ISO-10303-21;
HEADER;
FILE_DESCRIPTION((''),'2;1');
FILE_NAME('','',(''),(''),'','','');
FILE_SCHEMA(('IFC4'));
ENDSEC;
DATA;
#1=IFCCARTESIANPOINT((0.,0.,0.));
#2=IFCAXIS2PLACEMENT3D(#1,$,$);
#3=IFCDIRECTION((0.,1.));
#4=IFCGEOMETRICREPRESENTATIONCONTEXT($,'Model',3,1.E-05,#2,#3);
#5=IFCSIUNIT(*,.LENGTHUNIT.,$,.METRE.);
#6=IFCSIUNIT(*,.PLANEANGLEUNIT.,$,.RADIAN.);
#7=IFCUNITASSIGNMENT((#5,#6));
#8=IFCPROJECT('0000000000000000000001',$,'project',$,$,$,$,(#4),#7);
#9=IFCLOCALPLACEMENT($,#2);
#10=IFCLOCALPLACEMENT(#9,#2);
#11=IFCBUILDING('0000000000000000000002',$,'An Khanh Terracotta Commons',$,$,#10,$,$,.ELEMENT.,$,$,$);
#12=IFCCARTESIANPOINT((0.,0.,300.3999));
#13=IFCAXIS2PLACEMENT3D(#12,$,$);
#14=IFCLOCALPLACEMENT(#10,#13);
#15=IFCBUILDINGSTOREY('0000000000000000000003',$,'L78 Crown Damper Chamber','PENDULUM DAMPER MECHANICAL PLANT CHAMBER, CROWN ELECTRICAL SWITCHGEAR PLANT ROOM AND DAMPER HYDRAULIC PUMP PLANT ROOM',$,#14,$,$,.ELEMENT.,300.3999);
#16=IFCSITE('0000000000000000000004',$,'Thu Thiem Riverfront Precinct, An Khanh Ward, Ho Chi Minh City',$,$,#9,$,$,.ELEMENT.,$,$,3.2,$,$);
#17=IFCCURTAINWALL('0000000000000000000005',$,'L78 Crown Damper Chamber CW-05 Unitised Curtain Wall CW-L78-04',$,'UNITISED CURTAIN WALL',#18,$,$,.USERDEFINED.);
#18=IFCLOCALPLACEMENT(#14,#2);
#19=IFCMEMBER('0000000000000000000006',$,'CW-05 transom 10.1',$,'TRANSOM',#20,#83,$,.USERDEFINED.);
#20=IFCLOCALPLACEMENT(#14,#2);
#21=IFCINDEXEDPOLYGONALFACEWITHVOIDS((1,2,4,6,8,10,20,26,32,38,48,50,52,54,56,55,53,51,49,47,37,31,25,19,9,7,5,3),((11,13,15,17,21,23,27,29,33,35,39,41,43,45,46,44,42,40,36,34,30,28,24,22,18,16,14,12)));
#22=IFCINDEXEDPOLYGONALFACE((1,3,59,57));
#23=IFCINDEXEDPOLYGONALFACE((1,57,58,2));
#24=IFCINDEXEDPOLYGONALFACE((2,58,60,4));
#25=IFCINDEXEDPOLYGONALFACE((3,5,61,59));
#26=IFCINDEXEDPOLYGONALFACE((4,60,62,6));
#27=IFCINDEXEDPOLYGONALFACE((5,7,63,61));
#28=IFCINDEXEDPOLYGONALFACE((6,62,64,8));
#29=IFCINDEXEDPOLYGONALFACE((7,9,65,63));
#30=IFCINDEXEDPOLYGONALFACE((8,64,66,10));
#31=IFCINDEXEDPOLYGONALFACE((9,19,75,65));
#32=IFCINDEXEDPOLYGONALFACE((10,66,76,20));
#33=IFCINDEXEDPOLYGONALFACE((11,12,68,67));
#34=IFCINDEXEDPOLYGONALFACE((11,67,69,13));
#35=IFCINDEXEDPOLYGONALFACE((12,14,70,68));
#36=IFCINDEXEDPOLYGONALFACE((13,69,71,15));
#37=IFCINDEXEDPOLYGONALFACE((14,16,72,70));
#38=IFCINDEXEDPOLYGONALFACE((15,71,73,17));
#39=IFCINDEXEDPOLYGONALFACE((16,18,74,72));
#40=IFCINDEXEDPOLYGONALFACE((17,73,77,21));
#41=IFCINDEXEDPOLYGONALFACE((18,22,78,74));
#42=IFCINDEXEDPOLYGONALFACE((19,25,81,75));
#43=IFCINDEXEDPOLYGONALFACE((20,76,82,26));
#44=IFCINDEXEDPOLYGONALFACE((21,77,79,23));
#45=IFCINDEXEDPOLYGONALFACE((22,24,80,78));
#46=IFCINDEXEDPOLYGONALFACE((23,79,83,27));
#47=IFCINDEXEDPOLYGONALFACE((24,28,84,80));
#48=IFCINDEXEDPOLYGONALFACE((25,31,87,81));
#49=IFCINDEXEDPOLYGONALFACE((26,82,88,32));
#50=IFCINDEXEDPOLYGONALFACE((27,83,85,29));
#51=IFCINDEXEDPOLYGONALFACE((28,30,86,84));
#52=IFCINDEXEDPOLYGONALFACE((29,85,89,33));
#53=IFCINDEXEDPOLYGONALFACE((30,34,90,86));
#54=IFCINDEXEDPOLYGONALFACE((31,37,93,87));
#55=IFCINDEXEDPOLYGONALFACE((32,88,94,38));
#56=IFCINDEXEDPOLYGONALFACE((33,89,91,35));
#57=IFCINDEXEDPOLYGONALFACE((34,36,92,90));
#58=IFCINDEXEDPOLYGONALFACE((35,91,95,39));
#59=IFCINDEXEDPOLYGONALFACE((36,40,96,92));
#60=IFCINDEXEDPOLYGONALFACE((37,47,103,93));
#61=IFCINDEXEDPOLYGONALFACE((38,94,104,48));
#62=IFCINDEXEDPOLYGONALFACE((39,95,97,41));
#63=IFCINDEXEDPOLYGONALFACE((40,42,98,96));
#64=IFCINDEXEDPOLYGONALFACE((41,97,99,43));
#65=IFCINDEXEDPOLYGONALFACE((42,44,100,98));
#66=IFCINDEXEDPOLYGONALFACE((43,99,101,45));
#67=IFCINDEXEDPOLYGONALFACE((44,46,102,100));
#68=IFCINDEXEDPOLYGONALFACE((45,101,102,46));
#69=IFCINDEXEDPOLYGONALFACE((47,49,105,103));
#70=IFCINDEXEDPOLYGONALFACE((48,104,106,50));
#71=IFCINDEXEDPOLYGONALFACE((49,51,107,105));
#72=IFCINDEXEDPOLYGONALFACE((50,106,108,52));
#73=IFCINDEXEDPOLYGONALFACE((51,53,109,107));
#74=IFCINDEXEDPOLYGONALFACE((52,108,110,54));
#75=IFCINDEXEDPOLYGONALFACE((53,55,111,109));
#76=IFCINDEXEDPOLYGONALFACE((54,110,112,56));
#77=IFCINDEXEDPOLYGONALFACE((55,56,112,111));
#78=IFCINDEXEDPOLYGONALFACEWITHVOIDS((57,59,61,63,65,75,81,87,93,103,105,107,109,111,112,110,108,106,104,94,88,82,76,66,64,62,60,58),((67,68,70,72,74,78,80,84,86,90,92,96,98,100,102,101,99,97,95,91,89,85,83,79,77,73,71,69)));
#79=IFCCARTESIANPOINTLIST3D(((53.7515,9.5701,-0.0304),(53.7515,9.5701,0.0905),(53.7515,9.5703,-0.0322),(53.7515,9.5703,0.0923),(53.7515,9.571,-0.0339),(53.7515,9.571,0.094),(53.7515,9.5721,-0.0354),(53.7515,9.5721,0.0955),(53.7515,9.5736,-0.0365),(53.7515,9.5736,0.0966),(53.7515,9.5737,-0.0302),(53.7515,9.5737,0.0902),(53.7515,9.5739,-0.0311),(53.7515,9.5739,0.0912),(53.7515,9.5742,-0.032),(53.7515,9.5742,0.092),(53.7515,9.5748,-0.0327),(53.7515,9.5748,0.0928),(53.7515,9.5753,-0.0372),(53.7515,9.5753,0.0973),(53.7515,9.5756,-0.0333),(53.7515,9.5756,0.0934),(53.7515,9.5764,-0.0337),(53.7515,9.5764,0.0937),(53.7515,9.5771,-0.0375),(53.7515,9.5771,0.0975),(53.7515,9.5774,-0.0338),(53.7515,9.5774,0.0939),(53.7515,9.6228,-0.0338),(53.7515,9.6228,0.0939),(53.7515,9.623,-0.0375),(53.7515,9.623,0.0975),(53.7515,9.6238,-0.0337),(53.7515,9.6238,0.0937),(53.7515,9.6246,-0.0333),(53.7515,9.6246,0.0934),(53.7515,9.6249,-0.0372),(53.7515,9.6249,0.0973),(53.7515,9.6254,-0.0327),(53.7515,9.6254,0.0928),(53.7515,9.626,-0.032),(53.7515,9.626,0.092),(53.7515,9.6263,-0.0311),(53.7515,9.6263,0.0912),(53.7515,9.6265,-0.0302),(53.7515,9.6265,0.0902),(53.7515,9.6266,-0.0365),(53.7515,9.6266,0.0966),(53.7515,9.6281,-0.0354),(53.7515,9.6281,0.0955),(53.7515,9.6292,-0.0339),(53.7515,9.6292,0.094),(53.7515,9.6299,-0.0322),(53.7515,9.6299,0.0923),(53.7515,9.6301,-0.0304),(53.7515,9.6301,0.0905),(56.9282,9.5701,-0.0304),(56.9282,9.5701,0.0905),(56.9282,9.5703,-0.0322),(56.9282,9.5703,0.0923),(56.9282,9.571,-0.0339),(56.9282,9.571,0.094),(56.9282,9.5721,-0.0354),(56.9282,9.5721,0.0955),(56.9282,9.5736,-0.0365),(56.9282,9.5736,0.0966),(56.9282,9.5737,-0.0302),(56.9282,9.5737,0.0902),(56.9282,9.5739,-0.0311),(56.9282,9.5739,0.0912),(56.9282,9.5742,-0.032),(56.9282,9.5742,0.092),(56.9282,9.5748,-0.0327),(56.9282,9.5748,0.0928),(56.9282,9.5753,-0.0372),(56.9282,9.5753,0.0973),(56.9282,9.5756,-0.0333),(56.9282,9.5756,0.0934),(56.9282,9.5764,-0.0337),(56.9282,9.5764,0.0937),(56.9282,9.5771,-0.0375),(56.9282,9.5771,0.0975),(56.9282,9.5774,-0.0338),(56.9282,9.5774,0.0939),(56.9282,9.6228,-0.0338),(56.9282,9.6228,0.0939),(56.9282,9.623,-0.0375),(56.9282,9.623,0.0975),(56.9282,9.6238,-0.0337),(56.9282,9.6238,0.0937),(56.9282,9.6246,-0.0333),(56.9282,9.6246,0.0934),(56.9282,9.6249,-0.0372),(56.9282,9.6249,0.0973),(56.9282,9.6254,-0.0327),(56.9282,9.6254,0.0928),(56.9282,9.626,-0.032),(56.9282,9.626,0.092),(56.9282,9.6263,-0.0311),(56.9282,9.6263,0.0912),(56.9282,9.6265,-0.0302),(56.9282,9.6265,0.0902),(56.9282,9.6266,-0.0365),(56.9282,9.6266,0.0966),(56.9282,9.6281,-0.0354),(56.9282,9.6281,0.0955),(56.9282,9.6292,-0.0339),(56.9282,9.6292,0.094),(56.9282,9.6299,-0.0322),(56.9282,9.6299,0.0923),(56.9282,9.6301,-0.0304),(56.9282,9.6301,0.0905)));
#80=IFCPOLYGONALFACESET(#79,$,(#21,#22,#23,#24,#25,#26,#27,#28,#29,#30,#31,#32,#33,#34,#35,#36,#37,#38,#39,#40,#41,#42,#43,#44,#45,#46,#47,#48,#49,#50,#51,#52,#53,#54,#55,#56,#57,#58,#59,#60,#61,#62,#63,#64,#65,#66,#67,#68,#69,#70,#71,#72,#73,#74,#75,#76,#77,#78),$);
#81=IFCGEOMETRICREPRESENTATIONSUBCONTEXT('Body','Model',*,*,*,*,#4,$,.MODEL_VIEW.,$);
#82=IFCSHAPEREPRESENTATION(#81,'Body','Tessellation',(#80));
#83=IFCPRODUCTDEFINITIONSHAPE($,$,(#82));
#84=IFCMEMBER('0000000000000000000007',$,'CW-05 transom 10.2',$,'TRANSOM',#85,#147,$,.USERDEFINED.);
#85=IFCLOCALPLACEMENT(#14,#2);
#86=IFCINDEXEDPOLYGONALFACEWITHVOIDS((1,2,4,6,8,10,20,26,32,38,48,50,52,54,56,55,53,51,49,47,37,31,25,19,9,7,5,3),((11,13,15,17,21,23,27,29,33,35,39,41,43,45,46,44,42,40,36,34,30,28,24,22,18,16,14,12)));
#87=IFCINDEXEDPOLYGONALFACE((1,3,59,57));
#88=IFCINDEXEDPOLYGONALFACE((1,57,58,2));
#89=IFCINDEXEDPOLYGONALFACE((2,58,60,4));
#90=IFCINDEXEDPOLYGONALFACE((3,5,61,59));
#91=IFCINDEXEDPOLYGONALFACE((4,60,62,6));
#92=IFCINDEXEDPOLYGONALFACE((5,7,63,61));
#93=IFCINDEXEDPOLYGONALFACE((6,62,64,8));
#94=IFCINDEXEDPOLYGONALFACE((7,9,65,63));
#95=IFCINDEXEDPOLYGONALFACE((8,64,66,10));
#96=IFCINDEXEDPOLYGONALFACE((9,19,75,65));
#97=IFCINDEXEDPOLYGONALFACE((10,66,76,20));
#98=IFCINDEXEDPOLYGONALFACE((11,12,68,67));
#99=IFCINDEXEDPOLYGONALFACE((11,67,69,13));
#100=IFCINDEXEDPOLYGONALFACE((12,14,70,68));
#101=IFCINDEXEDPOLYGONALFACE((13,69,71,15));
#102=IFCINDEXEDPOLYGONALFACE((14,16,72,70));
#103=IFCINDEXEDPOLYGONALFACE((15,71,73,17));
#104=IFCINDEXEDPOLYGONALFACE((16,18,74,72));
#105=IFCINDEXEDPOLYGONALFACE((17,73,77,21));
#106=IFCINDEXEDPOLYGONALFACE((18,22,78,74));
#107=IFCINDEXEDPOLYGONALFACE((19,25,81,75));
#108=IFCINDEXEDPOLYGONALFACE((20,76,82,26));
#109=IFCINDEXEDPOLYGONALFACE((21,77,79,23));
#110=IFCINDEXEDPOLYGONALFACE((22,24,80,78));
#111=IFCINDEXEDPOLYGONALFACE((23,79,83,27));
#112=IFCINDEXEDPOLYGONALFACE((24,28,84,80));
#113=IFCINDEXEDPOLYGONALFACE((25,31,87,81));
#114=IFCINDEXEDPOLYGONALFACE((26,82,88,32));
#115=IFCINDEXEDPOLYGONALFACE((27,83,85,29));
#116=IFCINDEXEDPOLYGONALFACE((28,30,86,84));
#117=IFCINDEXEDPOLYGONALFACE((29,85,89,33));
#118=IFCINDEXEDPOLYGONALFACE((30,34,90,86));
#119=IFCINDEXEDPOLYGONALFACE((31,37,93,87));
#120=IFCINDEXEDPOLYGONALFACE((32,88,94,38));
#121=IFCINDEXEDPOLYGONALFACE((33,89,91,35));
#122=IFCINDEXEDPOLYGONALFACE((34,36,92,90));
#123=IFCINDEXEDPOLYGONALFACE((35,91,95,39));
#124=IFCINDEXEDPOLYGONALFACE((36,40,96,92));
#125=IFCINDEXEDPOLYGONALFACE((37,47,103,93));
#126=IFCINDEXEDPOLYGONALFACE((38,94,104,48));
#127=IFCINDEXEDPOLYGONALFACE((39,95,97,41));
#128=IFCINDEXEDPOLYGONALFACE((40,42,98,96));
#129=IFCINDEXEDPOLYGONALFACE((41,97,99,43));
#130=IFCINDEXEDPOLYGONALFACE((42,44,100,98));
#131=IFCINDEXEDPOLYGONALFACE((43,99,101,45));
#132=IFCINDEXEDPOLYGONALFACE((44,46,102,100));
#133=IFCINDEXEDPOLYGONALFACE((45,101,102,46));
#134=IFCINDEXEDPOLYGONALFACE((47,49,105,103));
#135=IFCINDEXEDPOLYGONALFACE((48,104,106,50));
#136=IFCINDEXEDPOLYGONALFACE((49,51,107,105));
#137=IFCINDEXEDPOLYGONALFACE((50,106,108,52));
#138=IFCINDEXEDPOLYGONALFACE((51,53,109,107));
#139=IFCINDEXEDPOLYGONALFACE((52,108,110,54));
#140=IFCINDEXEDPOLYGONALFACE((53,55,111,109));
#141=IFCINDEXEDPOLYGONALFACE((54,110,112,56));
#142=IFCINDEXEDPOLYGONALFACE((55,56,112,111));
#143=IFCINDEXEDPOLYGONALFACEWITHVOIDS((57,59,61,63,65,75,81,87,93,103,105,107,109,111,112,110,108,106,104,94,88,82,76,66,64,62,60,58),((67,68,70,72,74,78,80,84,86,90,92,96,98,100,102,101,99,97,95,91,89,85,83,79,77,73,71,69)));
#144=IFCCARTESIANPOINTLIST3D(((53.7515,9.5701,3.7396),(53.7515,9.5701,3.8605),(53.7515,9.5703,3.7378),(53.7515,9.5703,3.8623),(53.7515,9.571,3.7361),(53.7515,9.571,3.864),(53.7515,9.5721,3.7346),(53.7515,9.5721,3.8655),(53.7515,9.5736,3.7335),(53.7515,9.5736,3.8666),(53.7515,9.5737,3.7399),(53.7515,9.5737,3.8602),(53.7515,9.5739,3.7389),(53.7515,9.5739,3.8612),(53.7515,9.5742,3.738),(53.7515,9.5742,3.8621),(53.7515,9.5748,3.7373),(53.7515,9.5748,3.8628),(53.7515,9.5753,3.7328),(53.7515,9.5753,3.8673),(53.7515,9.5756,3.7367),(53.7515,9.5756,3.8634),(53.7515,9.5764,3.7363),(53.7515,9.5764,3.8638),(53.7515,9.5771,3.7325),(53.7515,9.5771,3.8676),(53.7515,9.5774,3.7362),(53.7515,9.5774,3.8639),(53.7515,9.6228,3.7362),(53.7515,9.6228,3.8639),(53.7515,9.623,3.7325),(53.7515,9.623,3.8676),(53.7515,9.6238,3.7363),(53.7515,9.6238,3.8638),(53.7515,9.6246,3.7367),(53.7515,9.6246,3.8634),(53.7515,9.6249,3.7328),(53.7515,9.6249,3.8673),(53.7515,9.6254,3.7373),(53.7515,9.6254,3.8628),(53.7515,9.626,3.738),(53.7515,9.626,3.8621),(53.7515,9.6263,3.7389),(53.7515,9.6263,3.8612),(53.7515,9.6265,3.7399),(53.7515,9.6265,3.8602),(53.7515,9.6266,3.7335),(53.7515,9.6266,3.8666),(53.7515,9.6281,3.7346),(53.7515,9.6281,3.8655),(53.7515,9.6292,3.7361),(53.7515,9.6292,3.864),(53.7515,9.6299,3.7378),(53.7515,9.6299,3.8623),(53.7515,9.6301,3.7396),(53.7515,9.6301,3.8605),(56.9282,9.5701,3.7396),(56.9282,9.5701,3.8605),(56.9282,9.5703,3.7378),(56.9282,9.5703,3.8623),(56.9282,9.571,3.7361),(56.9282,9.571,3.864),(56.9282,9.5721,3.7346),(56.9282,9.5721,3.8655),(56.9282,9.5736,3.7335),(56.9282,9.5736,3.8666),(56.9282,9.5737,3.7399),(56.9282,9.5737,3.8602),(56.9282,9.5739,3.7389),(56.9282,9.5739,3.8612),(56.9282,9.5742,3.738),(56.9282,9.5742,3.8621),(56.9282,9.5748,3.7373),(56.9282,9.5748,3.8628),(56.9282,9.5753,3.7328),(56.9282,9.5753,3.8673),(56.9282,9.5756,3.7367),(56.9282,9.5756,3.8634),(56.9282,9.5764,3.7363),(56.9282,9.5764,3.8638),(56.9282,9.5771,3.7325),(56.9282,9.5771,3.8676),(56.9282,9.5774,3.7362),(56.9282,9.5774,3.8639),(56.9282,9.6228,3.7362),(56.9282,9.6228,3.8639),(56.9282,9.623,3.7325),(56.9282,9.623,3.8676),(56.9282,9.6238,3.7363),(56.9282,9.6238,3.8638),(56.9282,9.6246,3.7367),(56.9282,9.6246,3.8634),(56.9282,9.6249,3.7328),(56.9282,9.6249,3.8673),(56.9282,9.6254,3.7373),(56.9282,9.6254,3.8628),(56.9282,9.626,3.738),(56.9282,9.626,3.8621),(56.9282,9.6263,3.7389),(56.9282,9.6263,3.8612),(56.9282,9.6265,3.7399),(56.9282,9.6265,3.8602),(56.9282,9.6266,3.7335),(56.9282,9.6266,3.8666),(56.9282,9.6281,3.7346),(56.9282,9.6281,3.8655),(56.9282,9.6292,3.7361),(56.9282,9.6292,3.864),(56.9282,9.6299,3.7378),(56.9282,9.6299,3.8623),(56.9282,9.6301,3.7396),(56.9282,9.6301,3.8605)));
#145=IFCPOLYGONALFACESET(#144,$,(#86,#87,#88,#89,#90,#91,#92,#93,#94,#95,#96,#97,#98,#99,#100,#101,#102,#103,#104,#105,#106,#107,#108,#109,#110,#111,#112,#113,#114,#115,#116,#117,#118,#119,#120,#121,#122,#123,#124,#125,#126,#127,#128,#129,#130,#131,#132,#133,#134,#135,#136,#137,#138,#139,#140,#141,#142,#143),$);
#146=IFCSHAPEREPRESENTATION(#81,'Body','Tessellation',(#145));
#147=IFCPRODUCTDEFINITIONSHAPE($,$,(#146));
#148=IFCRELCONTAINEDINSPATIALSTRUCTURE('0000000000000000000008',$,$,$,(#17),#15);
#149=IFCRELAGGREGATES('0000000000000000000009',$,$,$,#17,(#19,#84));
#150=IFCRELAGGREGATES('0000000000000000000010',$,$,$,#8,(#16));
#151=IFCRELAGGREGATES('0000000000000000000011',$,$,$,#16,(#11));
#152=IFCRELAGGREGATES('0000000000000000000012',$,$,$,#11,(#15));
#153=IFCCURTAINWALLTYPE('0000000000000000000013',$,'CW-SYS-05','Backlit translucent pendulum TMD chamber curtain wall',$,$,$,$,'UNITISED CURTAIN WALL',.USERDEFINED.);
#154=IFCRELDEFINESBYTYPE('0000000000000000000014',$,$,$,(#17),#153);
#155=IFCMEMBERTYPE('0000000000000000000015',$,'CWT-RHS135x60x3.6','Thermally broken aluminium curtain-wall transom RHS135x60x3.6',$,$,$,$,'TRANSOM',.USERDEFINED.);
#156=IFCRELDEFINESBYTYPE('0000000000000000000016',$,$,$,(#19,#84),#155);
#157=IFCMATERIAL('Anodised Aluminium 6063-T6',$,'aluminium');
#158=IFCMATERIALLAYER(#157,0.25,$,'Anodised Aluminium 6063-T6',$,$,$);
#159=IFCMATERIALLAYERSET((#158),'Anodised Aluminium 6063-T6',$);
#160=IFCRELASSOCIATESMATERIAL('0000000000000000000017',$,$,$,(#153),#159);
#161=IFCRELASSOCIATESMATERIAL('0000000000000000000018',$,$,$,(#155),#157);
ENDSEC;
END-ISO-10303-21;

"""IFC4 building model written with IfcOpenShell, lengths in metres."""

from ifc_helpers import new_model, si_unit, direction, frame, origin, origin_2d, place, context, subcontext, project, spatial, hollow_rectangle, extrude, material, layer, layer_set, material_profile, profile_set, type_object, element, aggregate, save


model = new_model("IFC4")

# Units and contexts
model_context = context("Model", 3, precision=1e-05, world=origin(), true_north=direction((0.0, 1.0)))
body_context = subcontext(model_context, "Body", "Model", "MODEL_VIEW")
ifc_project = project(units=[si_unit("LENGTHUNIT", "METRE"), si_unit("PLANEANGLEUNIT", "RADIAN")], contexts=[model_context])

# Site, building, storey
site_placement = place(None, origin())
site = spatial("IfcSite", under=ifc_project, at=site_placement, Name="Thu Thiem Riverfront Precinct, An Khanh Ward, Ho Chi Minh City", CompositionType="ELEMENT", RefElevation=3.2)
building_placement = place(site_placement, origin())
building = spatial("IfcBuilding", under=site, at=building_placement, Name="An Khanh Terracotta Commons", CompositionType="ELEMENT")
storey_placement = place(building_placement, frame((0.0, 0.0, 300.3999)))
storey = spatial("IfcBuildingStorey", under=building, at=storey_placement, Name="L78 Crown Damper Chamber", Description="PENDULUM DAMPER MECHANICAL PLANT CHAMBER, CROWN ELECTRICAL SWITCHGEAR PLANT ROOM AND DAMPER HYDRAULIC PUMP PLANT ROOM", CompositionType="ELEMENT", Elevation=300.3999)

# Curtain wall, members
ifc_material_1 = material(Name="Anodised Aluminium 6063-T6", Category="aluminium")
ifc_layer_1 = layer(ifc_material_1, 0.25, Name="Anodised Aluminium 6063-T6")
ifc_layer_set_1 = layer_set([ifc_layer_1], Name="Anodised Aluminium 6063-T6")
curtain_wall_type = type_object("IfcCurtainWallType", Name="CW-SYS-05", Description="Backlit translucent pendulum TMD chamber curtain wall", ElementType="UNITISED CURTAIN WALL", PredefinedType="USERDEFINED", material=ifc_layer_set_1)
curtain_wall_placement = place(storey_placement, origin())
curtain_wall = element("IfcCurtainWall", 1, at=curtain_wall_placement, inside=storey, type_object=curtain_wall_type, Name="L78 Crown Damper Chamber CW-05 Unitised Curtain Wall CW-L78-04", ObjectType="UNITISED CURTAIN WALL", PredefinedType="USERDEFINED")
ifc_material_profile_1 = material_profile(ifc_material_1, hollow_rectangle(XDim=0.0601, YDim=0.135, WallThickness=0.0037, InnerFilletRadius=0.0037, OuterFilletRadius=0.0071, at=origin_2d()), Name="RHS135x60x3.6")
ifc_profile_set_1 = profile_set([ifc_material_profile_1], Name="Anodised Aluminium 6063-T6")
member_type_1 = type_object("IfcMemberType", Name="CWT-RHS135x60x3.6", Description="Thermally broken aluminium curtain-wall transom RHS135x60x3.6", ElementType="TRANSOM", PredefinedType="USERDEFINED", material=ifc_profile_set_1)
member_1_placement = place(storey_placement, frame((53.7515, 9.6001, 0.03), z_axis=(1.0, 0.0, 0.0), x_axis=(0.0, 1.0, 0.0)))
member_1 = element("IfcMember", 2, at=member_1_placement, type_object=member_type_1, Name="CW-05 transom 10.1", ObjectType="TRANSOM", PredefinedType="USERDEFINED", context=body_context, shape_type="SweptSolid", body=[
    extrude(hollow_rectangle(XDim=0.0601, YDim=0.135, WallThickness=0.0037, InnerFilletRadius=0.0037, OuterFilletRadius=0.0071, at=origin_2d()), origin(), (0.0, 0.0, 1.0), 3.1768),
])
member_2_placement = place(storey_placement, frame((53.7515, 9.6001, 3.8), z_axis=(1.0, 0.0, 0.0), x_axis=(0.0, 1.0, 0.0)))
member_2 = element("IfcMember", 3, at=member_2_placement, type_object=member_type_1, Name="CW-05 transom 10.2", ObjectType="TRANSOM", PredefinedType="USERDEFINED", context=body_context, shape_type="SweptSolid", body=[
    extrude(hollow_rectangle(XDim=0.0601, YDim=0.135, WallThickness=0.0037, InnerFilletRadius=0.0037, OuterFilletRadius=0.0071, at=origin_2d()), origin(), (0.0, 0.0, 1.0), 3.1768),
])

aggregate(curtain_wall, [member_1, member_2])

save(model, "model.ifc")
